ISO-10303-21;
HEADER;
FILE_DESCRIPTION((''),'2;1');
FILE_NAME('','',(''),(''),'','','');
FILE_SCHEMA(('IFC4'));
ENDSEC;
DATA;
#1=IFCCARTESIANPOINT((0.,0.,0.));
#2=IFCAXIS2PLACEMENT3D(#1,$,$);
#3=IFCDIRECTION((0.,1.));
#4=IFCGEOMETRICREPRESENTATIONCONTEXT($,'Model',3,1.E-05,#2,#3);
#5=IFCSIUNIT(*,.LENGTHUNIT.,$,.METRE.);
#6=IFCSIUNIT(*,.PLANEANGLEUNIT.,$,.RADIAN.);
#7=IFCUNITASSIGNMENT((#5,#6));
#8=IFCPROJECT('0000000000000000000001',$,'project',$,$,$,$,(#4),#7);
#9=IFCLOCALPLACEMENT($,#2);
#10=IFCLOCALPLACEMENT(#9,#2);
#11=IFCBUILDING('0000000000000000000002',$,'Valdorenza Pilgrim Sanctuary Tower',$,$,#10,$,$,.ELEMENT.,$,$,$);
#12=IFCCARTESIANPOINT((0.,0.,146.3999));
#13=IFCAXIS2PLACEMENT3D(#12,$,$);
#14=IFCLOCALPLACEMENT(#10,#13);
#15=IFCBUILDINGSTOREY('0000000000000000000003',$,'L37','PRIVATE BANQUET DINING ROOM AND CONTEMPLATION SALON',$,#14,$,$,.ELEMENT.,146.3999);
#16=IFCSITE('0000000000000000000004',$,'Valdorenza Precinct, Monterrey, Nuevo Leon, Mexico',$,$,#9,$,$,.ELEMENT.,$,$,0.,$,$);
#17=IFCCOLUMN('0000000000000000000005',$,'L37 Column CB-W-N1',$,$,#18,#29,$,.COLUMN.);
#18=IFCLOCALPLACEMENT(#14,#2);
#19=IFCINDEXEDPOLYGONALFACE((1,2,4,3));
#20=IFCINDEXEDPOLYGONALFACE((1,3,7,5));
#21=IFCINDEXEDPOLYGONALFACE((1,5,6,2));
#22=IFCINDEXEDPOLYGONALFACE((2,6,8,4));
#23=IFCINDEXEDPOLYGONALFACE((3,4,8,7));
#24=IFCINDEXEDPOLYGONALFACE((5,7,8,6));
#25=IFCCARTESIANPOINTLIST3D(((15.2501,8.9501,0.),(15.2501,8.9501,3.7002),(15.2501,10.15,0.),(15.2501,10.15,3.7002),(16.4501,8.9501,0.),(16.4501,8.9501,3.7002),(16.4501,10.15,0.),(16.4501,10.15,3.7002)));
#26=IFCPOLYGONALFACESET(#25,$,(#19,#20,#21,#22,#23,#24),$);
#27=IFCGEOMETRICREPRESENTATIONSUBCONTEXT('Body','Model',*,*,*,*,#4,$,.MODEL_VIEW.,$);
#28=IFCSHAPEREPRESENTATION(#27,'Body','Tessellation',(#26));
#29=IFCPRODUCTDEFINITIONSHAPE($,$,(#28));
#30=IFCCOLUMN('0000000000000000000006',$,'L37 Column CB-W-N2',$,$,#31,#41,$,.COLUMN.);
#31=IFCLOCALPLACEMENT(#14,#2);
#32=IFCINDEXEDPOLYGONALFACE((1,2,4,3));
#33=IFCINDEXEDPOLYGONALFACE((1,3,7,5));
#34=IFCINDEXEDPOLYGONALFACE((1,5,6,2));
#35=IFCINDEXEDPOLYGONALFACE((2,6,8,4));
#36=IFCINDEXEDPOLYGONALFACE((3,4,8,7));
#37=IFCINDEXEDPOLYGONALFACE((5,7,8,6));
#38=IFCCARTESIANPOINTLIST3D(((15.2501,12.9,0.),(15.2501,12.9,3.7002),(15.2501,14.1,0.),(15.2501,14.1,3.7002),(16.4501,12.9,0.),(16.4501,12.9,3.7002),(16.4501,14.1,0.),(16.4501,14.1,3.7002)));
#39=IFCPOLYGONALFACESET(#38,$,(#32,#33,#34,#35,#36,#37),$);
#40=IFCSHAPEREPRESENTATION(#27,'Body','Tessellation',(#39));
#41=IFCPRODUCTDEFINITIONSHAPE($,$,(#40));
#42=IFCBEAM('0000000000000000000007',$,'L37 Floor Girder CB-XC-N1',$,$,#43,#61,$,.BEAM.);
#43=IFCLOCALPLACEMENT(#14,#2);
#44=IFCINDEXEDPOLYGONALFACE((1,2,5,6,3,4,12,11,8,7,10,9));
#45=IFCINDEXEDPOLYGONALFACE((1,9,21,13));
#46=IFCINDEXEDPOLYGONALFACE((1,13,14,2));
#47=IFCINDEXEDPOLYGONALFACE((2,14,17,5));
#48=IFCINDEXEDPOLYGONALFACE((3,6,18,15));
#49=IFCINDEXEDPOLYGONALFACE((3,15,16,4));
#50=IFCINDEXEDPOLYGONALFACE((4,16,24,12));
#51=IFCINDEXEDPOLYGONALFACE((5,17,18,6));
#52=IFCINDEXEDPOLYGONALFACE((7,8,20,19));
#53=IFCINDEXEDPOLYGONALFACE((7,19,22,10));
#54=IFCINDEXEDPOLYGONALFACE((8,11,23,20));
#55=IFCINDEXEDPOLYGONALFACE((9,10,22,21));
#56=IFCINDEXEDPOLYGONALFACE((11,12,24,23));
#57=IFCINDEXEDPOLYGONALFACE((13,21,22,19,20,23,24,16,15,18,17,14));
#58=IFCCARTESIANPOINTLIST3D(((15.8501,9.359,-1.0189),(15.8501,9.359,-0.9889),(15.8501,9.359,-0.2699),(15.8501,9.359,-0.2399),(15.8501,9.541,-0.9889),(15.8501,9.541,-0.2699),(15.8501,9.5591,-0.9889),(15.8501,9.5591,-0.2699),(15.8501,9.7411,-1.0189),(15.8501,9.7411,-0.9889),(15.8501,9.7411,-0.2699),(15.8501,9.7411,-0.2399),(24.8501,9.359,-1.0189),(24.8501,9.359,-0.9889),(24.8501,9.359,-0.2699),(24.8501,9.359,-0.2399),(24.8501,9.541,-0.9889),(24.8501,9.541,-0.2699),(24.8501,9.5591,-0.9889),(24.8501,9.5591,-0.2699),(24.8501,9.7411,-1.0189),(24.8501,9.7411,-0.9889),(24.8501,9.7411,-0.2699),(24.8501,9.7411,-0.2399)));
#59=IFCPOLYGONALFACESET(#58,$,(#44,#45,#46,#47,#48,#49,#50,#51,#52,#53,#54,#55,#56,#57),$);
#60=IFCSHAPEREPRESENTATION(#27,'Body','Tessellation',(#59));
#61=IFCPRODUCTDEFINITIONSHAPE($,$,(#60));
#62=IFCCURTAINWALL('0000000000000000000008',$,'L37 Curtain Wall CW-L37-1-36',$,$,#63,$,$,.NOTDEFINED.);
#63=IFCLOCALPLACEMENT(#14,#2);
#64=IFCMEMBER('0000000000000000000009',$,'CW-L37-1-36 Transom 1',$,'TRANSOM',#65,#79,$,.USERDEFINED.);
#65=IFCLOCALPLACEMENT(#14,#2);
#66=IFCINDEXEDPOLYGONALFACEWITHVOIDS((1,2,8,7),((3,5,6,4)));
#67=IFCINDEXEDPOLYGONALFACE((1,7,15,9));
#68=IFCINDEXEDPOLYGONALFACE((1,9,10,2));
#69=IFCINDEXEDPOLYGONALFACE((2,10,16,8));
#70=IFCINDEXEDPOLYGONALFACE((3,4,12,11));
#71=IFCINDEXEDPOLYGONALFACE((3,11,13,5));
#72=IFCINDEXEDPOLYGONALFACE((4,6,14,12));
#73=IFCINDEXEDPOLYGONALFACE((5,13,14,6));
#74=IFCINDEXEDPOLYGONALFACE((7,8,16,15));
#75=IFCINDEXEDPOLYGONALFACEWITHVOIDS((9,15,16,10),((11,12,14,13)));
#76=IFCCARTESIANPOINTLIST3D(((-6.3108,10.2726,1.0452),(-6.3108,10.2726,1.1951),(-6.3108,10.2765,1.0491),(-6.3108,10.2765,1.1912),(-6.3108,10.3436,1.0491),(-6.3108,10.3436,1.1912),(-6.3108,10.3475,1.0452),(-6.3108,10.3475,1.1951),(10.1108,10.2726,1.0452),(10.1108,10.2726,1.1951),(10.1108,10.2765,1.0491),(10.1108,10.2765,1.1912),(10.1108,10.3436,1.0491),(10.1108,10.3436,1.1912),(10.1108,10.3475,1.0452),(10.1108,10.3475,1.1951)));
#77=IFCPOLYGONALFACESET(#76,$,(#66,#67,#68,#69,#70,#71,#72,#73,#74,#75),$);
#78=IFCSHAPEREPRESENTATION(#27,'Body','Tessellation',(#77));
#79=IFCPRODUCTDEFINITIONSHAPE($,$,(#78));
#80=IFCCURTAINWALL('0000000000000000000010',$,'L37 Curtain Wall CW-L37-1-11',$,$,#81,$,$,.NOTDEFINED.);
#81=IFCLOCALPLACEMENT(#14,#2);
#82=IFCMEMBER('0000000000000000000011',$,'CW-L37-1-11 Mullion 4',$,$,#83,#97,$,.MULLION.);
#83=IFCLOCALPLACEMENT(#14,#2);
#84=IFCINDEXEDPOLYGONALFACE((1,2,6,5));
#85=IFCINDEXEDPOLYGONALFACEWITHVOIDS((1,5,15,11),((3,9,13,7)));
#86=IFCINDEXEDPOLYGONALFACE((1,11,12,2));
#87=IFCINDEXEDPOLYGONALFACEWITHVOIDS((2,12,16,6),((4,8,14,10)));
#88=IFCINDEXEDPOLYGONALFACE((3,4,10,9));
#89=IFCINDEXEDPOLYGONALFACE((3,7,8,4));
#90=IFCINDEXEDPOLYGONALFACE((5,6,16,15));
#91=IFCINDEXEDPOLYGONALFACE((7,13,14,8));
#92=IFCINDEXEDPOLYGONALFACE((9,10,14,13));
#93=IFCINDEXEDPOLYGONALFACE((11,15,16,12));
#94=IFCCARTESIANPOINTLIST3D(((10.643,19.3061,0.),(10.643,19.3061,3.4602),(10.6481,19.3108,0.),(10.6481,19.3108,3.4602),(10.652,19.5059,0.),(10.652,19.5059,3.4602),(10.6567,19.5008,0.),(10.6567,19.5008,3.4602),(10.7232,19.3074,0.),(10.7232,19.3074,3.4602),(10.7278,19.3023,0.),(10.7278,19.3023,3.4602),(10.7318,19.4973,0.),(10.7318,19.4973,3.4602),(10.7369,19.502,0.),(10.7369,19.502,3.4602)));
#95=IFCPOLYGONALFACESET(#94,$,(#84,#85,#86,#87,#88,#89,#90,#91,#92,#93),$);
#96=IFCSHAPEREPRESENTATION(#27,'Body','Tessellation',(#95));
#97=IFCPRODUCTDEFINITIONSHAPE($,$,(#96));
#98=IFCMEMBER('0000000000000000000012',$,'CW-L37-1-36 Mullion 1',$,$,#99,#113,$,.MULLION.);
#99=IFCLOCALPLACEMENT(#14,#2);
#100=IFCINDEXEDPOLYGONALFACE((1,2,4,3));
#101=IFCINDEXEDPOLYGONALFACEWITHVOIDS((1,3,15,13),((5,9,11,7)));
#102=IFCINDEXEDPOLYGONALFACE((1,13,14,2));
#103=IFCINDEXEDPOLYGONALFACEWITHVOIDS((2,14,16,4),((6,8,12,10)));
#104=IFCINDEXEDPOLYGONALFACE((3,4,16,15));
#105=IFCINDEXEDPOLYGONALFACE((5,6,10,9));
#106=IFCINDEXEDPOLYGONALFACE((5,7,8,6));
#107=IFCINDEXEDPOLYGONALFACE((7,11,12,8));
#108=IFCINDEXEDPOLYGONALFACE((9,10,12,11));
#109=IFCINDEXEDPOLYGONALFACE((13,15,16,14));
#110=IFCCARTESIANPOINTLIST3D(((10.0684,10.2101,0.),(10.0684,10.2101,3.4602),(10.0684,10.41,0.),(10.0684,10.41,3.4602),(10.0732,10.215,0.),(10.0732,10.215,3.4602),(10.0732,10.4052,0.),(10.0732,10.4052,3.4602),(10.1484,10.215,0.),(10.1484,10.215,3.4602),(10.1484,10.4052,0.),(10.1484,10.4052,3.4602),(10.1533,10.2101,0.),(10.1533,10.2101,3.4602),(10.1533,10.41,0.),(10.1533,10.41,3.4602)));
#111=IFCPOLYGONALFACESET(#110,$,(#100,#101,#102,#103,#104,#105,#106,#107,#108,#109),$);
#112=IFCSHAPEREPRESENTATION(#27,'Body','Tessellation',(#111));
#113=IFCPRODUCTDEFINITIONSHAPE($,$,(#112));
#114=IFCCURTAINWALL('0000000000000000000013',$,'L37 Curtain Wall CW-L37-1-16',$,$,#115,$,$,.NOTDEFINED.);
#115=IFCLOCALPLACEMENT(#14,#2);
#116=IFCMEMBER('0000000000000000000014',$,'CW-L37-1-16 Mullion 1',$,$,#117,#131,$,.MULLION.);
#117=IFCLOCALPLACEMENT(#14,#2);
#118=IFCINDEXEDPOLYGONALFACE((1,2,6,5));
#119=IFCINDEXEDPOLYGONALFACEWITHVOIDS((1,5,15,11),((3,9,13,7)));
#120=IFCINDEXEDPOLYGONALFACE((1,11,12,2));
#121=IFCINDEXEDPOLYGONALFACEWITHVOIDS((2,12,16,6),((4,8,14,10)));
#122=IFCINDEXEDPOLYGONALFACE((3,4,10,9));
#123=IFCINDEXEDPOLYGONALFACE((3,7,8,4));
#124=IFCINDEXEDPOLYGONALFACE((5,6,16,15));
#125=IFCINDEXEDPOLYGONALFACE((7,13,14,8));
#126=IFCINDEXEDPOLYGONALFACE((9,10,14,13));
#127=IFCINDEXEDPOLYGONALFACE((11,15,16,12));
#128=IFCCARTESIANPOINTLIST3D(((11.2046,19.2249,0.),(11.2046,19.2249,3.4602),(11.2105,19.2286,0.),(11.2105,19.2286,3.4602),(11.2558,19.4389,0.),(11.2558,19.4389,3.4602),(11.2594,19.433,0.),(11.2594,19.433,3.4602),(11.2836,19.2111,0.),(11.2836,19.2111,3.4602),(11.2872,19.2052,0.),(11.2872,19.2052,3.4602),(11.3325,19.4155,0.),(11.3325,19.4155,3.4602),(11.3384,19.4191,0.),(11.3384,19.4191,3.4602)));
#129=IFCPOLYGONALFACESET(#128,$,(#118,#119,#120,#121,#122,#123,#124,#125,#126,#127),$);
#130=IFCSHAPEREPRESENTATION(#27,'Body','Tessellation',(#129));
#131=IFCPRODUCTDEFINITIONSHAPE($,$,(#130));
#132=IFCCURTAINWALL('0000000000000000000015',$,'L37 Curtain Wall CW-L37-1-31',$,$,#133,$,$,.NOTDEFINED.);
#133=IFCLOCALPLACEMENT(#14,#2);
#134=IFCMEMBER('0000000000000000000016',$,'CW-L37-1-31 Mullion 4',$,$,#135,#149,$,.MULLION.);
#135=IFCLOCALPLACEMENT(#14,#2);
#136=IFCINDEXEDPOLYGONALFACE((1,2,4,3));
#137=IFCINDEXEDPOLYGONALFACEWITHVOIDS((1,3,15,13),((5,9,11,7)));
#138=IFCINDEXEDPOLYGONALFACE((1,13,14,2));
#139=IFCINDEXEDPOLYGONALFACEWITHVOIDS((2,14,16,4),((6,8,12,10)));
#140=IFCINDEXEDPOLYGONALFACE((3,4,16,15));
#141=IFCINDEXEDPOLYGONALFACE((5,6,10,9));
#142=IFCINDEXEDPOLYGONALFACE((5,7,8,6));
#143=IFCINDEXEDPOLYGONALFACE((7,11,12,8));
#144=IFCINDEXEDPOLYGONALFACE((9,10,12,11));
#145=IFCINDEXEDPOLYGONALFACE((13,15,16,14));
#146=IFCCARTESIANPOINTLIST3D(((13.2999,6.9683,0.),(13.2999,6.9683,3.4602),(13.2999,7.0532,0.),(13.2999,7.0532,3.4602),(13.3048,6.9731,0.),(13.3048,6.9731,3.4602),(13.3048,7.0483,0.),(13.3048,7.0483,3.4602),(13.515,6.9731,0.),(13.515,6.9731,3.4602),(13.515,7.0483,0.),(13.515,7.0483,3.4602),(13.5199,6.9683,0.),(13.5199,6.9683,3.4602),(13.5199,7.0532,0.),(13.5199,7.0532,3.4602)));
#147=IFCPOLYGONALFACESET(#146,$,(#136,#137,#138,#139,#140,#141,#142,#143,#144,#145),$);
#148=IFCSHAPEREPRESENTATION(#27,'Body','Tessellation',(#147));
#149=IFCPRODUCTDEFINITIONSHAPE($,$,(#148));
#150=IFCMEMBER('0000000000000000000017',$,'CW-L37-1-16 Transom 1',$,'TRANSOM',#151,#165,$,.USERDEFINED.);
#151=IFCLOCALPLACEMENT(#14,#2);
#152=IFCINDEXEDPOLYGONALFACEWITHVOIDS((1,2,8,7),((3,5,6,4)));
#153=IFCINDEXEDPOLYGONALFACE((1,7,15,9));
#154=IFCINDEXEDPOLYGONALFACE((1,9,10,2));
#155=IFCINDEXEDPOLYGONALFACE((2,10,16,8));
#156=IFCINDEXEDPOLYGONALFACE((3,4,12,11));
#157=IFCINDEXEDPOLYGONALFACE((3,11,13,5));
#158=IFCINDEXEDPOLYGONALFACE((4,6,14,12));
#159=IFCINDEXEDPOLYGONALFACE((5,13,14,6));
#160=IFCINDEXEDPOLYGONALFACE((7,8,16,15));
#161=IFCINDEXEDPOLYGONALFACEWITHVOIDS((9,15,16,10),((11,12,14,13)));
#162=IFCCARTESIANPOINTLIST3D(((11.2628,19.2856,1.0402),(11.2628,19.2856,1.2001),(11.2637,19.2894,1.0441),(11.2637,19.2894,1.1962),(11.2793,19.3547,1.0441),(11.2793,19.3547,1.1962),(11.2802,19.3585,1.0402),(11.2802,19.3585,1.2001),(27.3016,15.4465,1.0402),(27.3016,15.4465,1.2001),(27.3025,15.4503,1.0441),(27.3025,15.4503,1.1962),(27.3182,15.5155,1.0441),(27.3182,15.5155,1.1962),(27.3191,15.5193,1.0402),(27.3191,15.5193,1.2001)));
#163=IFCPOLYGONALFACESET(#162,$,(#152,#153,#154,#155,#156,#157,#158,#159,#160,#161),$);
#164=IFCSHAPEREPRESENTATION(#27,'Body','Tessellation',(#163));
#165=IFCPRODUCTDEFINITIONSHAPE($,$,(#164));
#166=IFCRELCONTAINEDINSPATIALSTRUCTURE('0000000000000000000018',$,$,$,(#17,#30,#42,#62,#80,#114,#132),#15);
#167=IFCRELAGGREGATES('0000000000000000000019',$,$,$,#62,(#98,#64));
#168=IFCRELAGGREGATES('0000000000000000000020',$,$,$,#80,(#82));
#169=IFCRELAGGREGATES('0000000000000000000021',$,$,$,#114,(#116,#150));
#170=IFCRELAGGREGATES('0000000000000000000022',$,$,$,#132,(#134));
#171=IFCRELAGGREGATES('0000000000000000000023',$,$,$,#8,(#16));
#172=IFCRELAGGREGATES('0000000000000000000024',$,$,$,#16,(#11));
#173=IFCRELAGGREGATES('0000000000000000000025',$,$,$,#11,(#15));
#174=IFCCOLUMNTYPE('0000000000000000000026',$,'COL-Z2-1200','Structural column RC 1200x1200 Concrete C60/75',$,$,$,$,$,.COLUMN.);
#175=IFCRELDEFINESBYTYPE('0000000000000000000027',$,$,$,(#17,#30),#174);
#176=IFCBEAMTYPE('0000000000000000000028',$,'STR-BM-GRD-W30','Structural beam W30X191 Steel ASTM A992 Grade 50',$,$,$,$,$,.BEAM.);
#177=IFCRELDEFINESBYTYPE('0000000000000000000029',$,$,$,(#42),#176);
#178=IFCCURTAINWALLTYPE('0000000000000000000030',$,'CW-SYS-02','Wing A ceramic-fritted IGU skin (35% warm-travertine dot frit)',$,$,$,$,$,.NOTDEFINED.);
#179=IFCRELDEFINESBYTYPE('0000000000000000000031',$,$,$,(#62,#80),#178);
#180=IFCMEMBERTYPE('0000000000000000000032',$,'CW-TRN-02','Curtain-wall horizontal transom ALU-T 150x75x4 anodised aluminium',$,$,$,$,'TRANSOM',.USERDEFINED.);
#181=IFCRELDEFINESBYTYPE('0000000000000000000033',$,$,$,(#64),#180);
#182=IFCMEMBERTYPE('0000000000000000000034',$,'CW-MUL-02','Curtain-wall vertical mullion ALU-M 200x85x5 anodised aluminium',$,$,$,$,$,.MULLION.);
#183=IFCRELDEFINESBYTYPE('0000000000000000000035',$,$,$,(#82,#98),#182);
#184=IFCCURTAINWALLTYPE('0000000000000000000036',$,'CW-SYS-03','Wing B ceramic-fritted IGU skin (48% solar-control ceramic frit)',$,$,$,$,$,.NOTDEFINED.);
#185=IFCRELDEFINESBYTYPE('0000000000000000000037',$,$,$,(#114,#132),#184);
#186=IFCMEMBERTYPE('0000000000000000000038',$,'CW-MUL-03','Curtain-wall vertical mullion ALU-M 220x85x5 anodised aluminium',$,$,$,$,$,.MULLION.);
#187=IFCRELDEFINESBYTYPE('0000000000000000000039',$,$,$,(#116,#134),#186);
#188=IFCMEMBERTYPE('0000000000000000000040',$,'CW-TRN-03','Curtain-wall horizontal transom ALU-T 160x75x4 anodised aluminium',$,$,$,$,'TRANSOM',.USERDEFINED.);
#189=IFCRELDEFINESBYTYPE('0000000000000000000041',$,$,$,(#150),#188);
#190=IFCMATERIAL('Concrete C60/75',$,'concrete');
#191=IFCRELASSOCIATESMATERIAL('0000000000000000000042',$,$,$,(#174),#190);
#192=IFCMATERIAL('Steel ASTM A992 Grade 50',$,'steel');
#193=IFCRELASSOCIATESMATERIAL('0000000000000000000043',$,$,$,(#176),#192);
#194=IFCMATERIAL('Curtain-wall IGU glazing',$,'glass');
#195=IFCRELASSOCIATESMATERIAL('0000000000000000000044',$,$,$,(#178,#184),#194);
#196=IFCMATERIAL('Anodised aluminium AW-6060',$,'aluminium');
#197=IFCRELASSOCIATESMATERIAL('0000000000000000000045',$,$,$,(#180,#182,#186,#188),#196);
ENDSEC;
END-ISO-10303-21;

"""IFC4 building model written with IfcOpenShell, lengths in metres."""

from ifc_helpers import new_model, si_unit, direction, frame, origin, origin_2d, place, context, subcontext, project, spatial, rectangle, hollow_rectangle, i_section, extrude, source, transform, mapped, material, material_profile, profile_set, type_object, element, aggregate, save


model = new_model("IFC4")

# Units and contexts
model_context = context("Model", 3, precision=1e-05, world=origin(), true_north=direction((0.0, 1.0)))
body_context = subcontext(model_context, "Body", "Model", "MODEL_VIEW")
ifc_project = project(units=[si_unit("LENGTHUNIT", "METRE"), si_unit("PLANEANGLEUNIT", "RADIAN")], contexts=[model_context])

# Site, building, storey
site_placement = place(None, origin())
site = spatial("IfcSite", under=ifc_project, at=site_placement, Name="Valdorenza Precinct, Monterrey, Nuevo Leon, Mexico", CompositionType="ELEMENT", RefElevation=0.0)
building_placement = place(site_placement, origin())
building = spatial("IfcBuilding", under=site, at=building_placement, Name="Valdorenza Pilgrim Sanctuary Tower", CompositionType="ELEMENT")
storey_placement = place(building_placement, frame((0.0, 0.0, 146.3999)))
storey = spatial("IfcBuildingStorey", under=building, at=storey_placement, Name="L37", Description="PRIVATE BANQUET DINING ROOM AND CONTEMPLATION SALON", CompositionType="ELEMENT", Elevation=146.3999)

# Columns
ifc_material_1 = material(Name="Concrete C60/75", Category="concrete")
ifc_material_profile_1 = material_profile(ifc_material_1, rectangle(XDim=1.2, YDim=1.2, at=origin_2d()), Name="RC 1200x1200")
ifc_profile_set_1 = profile_set([ifc_material_profile_1], Name="Concrete C60/75")
column_type = type_object("IfcColumnType", Name="COL-Z2-1200", Description="Structural column RC 1200x1200 Concrete C60/75", PredefinedType="COLUMN", material=ifc_profile_set_1)
shared_shape_1 = source(origin(), body_context, "Body", "SweptSolid", [
    extrude(rectangle(XDim=1.2, YDim=1.2, at=origin_2d()), origin(), (0.0, 0.0, 1.0), 3.7002),
])
for number, where, z_axis, x_axis, name in (
    (1, (15.8501, 9.55, 0.0), (0.0, 0.0, 1.0), (1.0, 0.0, 0.0), "L37 Column CB-W-N1"),
    (2, (15.8501, 13.5, 0.0), (0.0, 0.0, 1.0), (1.0, 0.0, 0.0), "L37 Column CB-W-N2"),
):
    element("IfcColumn", number, at=place(storey_placement, frame(where, z_axis=z_axis, x_axis=x_axis)), inside=storey, type_object=column_type, Name=name, PredefinedType="COLUMN", context=body_context, shape_type="MappedRepresentation", body=[
        mapped(shared_shape_1, transform((0.0, 0.0, 0.0), x_axis=(1.0, 0.0, 0.0), y_axis=(0.0, 1.0, 0.0), z_axis=(0.0, 0.0, 1.0), scale=1.0)),
    ])

# Beam
ifc_material_2 = material(Name="Steel ASTM A992 Grade 50", Category="steel")
ifc_material_profile_2 = material_profile(ifc_material_2, i_section(OverallWidth=0.3821, OverallDepth=0.7791, WebThickness=0.0181, FlangeThickness=0.03, at=origin_2d()), Name="W30X191")
ifc_profile_set_2 = profile_set([ifc_material_profile_2], Name="Steel ASTM A992 Grade 50")
beam_type = type_object("IfcBeamType", Name="STR-BM-GRD-W30", Description="Structural beam W30X191 Steel ASTM A992 Grade 50", PredefinedType="BEAM", material=ifc_profile_set_2)
shared_shape_2 = source(origin(), body_context, "Body", "SweptSolid", [
    extrude(i_section(OverallWidth=0.3821, OverallDepth=0.7791, WebThickness=0.0181, FlangeThickness=0.03, at=origin_2d()), origin(), (0.0, 0.0, 1.0), 9.0),
])
beam_placement = place(storey_placement, frame((15.8501, 9.55, -0.6294), z_axis=(1.0, 0.0, 0.0), x_axis=(0.0, 1.0, 0.0)))
element("IfcBeam", 3, at=beam_placement, inside=storey, type_object=beam_type, Name="L37 Floor Girder CB-XC-N1", PredefinedType="BEAM", context=body_context, shape_type="MappedRepresentation", body=[
    mapped(shared_shape_2, transform((0.0, 0.0, 0.0), x_axis=(1.0, 0.0, 0.0), y_axis=(0.0, 1.0, 0.0), z_axis=(0.0, 0.0, 1.0), scale=1.0)),
])

# Curtain walls, members
ifc_material_3 = material(Name="Curtain-wall IGU glazing", Category="glass")
curtain_wall_type_1 = type_object("IfcCurtainWallType", Name="CW-SYS-02", Description="Wing A ceramic-fritted IGU skin (35% warm-travertine dot frit)", PredefinedType="NOTDEFINED", material=ifc_material_3)
curtain_wall_1_placement = place(storey_placement, origin())
curtain_wall_1 = element("IfcCurtainWall", 4, at=curtain_wall_1_placement, inside=storey, type_object=curtain_wall_type_1, Name="L37 Curtain Wall CW-L37-1-36", PredefinedType="NOTDEFINED")
ifc_material_4 = material(Name="Anodised aluminium AW-6060", Category="aluminium")
ifc_material_profile_3 = material_profile(ifc_material_4, hollow_rectangle(XDim=0.075, YDim=0.1499, WallThickness=0.0039, at=origin_2d()), Name="ALU-T 150x75x4")
ifc_profile_set_3 = profile_set([ifc_material_profile_3], Name="Anodised aluminium AW-6060")
member_type_1 = type_object("IfcMemberType", Name="CW-TRN-02", Description="Curtain-wall horizontal transom ALU-T 150x75x4 anodised aluminium", ElementType="TRANSOM", PredefinedType="USERDEFINED", material=ifc_profile_set_3)
shared_shape_3 = source(origin(), body_context, "Body", "SweptSolid", [
    extrude(hollow_rectangle(XDim=0.075, YDim=0.1499, WallThickness=0.0039, at=origin_2d()), origin(), (0.0, 0.0, 1.0), 16.4216),
])
member_1_placement = place(storey_placement, frame((10.1108, 10.3101, 1.1201), z_axis=(-1.0, 0.0, 0.0), x_axis=(0.0, -1.0, 0.0)))
member_1 = element("IfcMember", 5, at=member_1_placement, type_object=member_type_1, Name="CW-L37-1-36 Transom 1", ObjectType="TRANSOM", PredefinedType="USERDEFINED", context=body_context, shape_type="MappedRepresentation", body=[
    mapped(shared_shape_3, transform((0.0, 0.0, 0.0), x_axis=(1.0, 0.0, 0.0), y_axis=(0.0, 1.0, 0.0), z_axis=(0.0, 0.0, 1.0), scale=1.0)),
])
curtain_wall_2_placement = place(storey_placement, origin())
curtain_wall_2 = element("IfcCurtainWall", 6, at=curtain_wall_2_placement, inside=storey, type_object=curtain_wall_type_1, Name="L37 Curtain Wall CW-L37-1-11", PredefinedType="NOTDEFINED")
ifc_material_profile_4 = material_profile(ifc_material_4, hollow_rectangle(XDim=0.085, YDim=0.2, WallThickness=0.0049, at=origin_2d()), Name="ALU-M 200x85x5")
ifc_profile_set_4 = profile_set([ifc_material_profile_4], Name="Anodised aluminium AW-6060")
member_type_2 = type_object("IfcMemberType", Name="CW-MUL-02", Description="Curtain-wall vertical mullion ALU-M 200x85x5 anodised aluminium", PredefinedType="MULLION", material=ifc_profile_set_4)
shared_shape_4 = source(origin(), body_context, "Body", "SweptSolid", [
    extrude(hollow_rectangle(XDim=0.085, YDim=0.2, WallThickness=0.0049, at=origin_2d()), origin(), (0.0, 0.0, 1.0), 3.4602),
])
member_2_placement = place(storey_placement, frame((10.6899, 19.4041, 0.0), z_axis=(0.0, 0.0, 1.0), x_axis=(0.998968, -0.045415, 0.0)))
member_2 = element("IfcMember", 7, at=member_2_placement, type_object=member_type_2, Name="CW-L37-1-11 Mullion 4", PredefinedType="MULLION", context=body_context, shape_type="MappedRepresentation", body=[
    mapped(shared_shape_4, transform((0.0, 0.0, 0.0), x_axis=(1.0, 0.0, 0.0), y_axis=(0.0, 1.0, 0.0), z_axis=(0.0, 0.0, 1.0), scale=1.0)),
])

# Member
member_3_placement = place(storey_placement, frame((10.1108, 10.3101, 0.0), z_axis=(0.0, 0.0, 1.0), x_axis=(-1.0, 0.0, 0.0)))
member_3 = element("IfcMember", 8, at=member_3_placement, type_object=member_type_2, Name="CW-L37-1-36 Mullion 1", PredefinedType="MULLION", context=body_context, shape_type="MappedRepresentation", body=[
    mapped(shared_shape_4, transform((0.0, 0.0, 0.0), x_axis=(1.0, 0.0, 0.0), y_axis=(0.0, 1.0, 0.0), z_axis=(0.0, 0.0, 1.0), scale=1.0)),
])

# Curtain walls, members
curtain_wall_type_2 = type_object("IfcCurtainWallType", Name="CW-SYS-03", Description="Wing B ceramic-fritted IGU skin (48% solar-control ceramic frit)", PredefinedType="NOTDEFINED", material=ifc_material_3)
curtain_wall_3_placement = place(storey_placement, origin())
curtain_wall_3 = element("IfcCurtainWall", 9, at=curtain_wall_3_placement, inside=storey, type_object=curtain_wall_type_2, Name="L37 Curtain Wall CW-L37-1-16", PredefinedType="NOTDEFINED")
ifc_material_profile_5 = material_profile(ifc_material_4, hollow_rectangle(XDim=0.085, YDim=0.22, WallThickness=0.0049, at=origin_2d()), Name="ALU-M 220x85x5")
ifc_profile_set_5 = profile_set([ifc_material_profile_5], Name="Anodised aluminium AW-6060")
member_type_3 = type_object("IfcMemberType", Name="CW-MUL-03", Description="Curtain-wall vertical mullion ALU-M 220x85x5 anodised aluminium", PredefinedType="MULLION", material=ifc_profile_set_5)
shared_shape_5 = source(origin(), body_context, "Body", "SweptSolid", [
    extrude(hollow_rectangle(XDim=0.085, YDim=0.22, WallThickness=0.0049, at=origin_2d()), origin(), (0.0, 0.0, 1.0), 3.4602),
])
member_4_placement = place(storey_placement, frame((11.2715, 19.322, 0.0), z_axis=(0.0, 0.0, 1.0), x_axis=(0.972529, -0.232783, 0.0)))
member_4 = element("IfcMember", 10, at=member_4_placement, type_object=member_type_3, Name="CW-L37-1-16 Mullion 1", PredefinedType="MULLION", context=body_context, shape_type="MappedRepresentation", body=[
    mapped(shared_shape_5, transform((0.0, 0.0, 0.0), x_axis=(1.0, 0.0, 0.0), y_axis=(0.0, 1.0, 0.0), z_axis=(0.0, 0.0, 1.0), scale=1.0)),
])
curtain_wall_4_placement = place(storey_placement, origin())
curtain_wall_4 = element("IfcCurtainWall", 11, at=curtain_wall_4_placement, inside=storey, type_object=curtain_wall_type_2, Name="L37 Curtain Wall CW-L37-1-31", PredefinedType="NOTDEFINED")
member_5_placement = place(storey_placement, frame((13.4099, 7.0107, 0.0), z_axis=(0.0, 0.0, 1.0), x_axis=(0.0, 1.0, 0.0)))
member_5 = element("IfcMember", 12, at=member_5_placement, type_object=member_type_3, Name="CW-L37-1-31 Mullion 4", PredefinedType="MULLION", context=body_context, shape_type="MappedRepresentation", body=[
    mapped(shared_shape_5, transform((0.0, 0.0, 0.0), x_axis=(1.0, 0.0, 0.0), y_axis=(0.0, 1.0, 0.0), z_axis=(0.0, 0.0, 1.0), scale=1.0)),
])

# Member
ifc_material_profile_6 = material_profile(ifc_material_4, hollow_rectangle(XDim=0.075, YDim=0.1599, WallThickness=0.0039, at=origin_2d()), Name="ALU-T 160x75x4")
ifc_profile_set_6 = profile_set([ifc_material_profile_6], Name="Anodised aluminium AW-6060")
member_type_4 = type_object("IfcMemberType", Name="CW-TRN-03", Description="Curtain-wall horizontal transom ALU-T 160x75x4 anodised aluminium", ElementType="TRANSOM", PredefinedType="USERDEFINED", material=ifc_profile_set_6)
shared_shape_6 = source(origin(), body_context, "Body", "SweptSolid", [
    extrude(hollow_rectangle(XDim=0.075, YDim=0.1599, WallThickness=0.0039, at=origin_2d()), origin(), (0.0, 0.0, 1.0), 16.4919),
])
member_6_placement = place(storey_placement, frame((11.2715, 19.322, 1.1201), z_axis=(0.972528, -0.232788, 0.0), x_axis=(0.232788, 0.972528, 0.0)))
member_6 = element("IfcMember", 13, at=member_6_placement, type_object=member_type_4, Name="CW-L37-1-16 Transom 1", ObjectType="TRANSOM", PredefinedType="USERDEFINED", context=body_context, shape_type="MappedRepresentation", body=[
    mapped(shared_shape_6, transform((0.0, 0.0, 0.0), x_axis=(1.0, 0.0, 0.0), y_axis=(0.0, 1.0, 0.0), z_axis=(0.0, 0.0, 1.0), scale=1.0)),
])

aggregate(curtain_wall_1, [member_3, member_1])
aggregate(curtain_wall_2, [member_2])
aggregate(curtain_wall_3, [member_4, member_6])
aggregate(curtain_wall_4, [member_5])

save(model, "model.ifc")
